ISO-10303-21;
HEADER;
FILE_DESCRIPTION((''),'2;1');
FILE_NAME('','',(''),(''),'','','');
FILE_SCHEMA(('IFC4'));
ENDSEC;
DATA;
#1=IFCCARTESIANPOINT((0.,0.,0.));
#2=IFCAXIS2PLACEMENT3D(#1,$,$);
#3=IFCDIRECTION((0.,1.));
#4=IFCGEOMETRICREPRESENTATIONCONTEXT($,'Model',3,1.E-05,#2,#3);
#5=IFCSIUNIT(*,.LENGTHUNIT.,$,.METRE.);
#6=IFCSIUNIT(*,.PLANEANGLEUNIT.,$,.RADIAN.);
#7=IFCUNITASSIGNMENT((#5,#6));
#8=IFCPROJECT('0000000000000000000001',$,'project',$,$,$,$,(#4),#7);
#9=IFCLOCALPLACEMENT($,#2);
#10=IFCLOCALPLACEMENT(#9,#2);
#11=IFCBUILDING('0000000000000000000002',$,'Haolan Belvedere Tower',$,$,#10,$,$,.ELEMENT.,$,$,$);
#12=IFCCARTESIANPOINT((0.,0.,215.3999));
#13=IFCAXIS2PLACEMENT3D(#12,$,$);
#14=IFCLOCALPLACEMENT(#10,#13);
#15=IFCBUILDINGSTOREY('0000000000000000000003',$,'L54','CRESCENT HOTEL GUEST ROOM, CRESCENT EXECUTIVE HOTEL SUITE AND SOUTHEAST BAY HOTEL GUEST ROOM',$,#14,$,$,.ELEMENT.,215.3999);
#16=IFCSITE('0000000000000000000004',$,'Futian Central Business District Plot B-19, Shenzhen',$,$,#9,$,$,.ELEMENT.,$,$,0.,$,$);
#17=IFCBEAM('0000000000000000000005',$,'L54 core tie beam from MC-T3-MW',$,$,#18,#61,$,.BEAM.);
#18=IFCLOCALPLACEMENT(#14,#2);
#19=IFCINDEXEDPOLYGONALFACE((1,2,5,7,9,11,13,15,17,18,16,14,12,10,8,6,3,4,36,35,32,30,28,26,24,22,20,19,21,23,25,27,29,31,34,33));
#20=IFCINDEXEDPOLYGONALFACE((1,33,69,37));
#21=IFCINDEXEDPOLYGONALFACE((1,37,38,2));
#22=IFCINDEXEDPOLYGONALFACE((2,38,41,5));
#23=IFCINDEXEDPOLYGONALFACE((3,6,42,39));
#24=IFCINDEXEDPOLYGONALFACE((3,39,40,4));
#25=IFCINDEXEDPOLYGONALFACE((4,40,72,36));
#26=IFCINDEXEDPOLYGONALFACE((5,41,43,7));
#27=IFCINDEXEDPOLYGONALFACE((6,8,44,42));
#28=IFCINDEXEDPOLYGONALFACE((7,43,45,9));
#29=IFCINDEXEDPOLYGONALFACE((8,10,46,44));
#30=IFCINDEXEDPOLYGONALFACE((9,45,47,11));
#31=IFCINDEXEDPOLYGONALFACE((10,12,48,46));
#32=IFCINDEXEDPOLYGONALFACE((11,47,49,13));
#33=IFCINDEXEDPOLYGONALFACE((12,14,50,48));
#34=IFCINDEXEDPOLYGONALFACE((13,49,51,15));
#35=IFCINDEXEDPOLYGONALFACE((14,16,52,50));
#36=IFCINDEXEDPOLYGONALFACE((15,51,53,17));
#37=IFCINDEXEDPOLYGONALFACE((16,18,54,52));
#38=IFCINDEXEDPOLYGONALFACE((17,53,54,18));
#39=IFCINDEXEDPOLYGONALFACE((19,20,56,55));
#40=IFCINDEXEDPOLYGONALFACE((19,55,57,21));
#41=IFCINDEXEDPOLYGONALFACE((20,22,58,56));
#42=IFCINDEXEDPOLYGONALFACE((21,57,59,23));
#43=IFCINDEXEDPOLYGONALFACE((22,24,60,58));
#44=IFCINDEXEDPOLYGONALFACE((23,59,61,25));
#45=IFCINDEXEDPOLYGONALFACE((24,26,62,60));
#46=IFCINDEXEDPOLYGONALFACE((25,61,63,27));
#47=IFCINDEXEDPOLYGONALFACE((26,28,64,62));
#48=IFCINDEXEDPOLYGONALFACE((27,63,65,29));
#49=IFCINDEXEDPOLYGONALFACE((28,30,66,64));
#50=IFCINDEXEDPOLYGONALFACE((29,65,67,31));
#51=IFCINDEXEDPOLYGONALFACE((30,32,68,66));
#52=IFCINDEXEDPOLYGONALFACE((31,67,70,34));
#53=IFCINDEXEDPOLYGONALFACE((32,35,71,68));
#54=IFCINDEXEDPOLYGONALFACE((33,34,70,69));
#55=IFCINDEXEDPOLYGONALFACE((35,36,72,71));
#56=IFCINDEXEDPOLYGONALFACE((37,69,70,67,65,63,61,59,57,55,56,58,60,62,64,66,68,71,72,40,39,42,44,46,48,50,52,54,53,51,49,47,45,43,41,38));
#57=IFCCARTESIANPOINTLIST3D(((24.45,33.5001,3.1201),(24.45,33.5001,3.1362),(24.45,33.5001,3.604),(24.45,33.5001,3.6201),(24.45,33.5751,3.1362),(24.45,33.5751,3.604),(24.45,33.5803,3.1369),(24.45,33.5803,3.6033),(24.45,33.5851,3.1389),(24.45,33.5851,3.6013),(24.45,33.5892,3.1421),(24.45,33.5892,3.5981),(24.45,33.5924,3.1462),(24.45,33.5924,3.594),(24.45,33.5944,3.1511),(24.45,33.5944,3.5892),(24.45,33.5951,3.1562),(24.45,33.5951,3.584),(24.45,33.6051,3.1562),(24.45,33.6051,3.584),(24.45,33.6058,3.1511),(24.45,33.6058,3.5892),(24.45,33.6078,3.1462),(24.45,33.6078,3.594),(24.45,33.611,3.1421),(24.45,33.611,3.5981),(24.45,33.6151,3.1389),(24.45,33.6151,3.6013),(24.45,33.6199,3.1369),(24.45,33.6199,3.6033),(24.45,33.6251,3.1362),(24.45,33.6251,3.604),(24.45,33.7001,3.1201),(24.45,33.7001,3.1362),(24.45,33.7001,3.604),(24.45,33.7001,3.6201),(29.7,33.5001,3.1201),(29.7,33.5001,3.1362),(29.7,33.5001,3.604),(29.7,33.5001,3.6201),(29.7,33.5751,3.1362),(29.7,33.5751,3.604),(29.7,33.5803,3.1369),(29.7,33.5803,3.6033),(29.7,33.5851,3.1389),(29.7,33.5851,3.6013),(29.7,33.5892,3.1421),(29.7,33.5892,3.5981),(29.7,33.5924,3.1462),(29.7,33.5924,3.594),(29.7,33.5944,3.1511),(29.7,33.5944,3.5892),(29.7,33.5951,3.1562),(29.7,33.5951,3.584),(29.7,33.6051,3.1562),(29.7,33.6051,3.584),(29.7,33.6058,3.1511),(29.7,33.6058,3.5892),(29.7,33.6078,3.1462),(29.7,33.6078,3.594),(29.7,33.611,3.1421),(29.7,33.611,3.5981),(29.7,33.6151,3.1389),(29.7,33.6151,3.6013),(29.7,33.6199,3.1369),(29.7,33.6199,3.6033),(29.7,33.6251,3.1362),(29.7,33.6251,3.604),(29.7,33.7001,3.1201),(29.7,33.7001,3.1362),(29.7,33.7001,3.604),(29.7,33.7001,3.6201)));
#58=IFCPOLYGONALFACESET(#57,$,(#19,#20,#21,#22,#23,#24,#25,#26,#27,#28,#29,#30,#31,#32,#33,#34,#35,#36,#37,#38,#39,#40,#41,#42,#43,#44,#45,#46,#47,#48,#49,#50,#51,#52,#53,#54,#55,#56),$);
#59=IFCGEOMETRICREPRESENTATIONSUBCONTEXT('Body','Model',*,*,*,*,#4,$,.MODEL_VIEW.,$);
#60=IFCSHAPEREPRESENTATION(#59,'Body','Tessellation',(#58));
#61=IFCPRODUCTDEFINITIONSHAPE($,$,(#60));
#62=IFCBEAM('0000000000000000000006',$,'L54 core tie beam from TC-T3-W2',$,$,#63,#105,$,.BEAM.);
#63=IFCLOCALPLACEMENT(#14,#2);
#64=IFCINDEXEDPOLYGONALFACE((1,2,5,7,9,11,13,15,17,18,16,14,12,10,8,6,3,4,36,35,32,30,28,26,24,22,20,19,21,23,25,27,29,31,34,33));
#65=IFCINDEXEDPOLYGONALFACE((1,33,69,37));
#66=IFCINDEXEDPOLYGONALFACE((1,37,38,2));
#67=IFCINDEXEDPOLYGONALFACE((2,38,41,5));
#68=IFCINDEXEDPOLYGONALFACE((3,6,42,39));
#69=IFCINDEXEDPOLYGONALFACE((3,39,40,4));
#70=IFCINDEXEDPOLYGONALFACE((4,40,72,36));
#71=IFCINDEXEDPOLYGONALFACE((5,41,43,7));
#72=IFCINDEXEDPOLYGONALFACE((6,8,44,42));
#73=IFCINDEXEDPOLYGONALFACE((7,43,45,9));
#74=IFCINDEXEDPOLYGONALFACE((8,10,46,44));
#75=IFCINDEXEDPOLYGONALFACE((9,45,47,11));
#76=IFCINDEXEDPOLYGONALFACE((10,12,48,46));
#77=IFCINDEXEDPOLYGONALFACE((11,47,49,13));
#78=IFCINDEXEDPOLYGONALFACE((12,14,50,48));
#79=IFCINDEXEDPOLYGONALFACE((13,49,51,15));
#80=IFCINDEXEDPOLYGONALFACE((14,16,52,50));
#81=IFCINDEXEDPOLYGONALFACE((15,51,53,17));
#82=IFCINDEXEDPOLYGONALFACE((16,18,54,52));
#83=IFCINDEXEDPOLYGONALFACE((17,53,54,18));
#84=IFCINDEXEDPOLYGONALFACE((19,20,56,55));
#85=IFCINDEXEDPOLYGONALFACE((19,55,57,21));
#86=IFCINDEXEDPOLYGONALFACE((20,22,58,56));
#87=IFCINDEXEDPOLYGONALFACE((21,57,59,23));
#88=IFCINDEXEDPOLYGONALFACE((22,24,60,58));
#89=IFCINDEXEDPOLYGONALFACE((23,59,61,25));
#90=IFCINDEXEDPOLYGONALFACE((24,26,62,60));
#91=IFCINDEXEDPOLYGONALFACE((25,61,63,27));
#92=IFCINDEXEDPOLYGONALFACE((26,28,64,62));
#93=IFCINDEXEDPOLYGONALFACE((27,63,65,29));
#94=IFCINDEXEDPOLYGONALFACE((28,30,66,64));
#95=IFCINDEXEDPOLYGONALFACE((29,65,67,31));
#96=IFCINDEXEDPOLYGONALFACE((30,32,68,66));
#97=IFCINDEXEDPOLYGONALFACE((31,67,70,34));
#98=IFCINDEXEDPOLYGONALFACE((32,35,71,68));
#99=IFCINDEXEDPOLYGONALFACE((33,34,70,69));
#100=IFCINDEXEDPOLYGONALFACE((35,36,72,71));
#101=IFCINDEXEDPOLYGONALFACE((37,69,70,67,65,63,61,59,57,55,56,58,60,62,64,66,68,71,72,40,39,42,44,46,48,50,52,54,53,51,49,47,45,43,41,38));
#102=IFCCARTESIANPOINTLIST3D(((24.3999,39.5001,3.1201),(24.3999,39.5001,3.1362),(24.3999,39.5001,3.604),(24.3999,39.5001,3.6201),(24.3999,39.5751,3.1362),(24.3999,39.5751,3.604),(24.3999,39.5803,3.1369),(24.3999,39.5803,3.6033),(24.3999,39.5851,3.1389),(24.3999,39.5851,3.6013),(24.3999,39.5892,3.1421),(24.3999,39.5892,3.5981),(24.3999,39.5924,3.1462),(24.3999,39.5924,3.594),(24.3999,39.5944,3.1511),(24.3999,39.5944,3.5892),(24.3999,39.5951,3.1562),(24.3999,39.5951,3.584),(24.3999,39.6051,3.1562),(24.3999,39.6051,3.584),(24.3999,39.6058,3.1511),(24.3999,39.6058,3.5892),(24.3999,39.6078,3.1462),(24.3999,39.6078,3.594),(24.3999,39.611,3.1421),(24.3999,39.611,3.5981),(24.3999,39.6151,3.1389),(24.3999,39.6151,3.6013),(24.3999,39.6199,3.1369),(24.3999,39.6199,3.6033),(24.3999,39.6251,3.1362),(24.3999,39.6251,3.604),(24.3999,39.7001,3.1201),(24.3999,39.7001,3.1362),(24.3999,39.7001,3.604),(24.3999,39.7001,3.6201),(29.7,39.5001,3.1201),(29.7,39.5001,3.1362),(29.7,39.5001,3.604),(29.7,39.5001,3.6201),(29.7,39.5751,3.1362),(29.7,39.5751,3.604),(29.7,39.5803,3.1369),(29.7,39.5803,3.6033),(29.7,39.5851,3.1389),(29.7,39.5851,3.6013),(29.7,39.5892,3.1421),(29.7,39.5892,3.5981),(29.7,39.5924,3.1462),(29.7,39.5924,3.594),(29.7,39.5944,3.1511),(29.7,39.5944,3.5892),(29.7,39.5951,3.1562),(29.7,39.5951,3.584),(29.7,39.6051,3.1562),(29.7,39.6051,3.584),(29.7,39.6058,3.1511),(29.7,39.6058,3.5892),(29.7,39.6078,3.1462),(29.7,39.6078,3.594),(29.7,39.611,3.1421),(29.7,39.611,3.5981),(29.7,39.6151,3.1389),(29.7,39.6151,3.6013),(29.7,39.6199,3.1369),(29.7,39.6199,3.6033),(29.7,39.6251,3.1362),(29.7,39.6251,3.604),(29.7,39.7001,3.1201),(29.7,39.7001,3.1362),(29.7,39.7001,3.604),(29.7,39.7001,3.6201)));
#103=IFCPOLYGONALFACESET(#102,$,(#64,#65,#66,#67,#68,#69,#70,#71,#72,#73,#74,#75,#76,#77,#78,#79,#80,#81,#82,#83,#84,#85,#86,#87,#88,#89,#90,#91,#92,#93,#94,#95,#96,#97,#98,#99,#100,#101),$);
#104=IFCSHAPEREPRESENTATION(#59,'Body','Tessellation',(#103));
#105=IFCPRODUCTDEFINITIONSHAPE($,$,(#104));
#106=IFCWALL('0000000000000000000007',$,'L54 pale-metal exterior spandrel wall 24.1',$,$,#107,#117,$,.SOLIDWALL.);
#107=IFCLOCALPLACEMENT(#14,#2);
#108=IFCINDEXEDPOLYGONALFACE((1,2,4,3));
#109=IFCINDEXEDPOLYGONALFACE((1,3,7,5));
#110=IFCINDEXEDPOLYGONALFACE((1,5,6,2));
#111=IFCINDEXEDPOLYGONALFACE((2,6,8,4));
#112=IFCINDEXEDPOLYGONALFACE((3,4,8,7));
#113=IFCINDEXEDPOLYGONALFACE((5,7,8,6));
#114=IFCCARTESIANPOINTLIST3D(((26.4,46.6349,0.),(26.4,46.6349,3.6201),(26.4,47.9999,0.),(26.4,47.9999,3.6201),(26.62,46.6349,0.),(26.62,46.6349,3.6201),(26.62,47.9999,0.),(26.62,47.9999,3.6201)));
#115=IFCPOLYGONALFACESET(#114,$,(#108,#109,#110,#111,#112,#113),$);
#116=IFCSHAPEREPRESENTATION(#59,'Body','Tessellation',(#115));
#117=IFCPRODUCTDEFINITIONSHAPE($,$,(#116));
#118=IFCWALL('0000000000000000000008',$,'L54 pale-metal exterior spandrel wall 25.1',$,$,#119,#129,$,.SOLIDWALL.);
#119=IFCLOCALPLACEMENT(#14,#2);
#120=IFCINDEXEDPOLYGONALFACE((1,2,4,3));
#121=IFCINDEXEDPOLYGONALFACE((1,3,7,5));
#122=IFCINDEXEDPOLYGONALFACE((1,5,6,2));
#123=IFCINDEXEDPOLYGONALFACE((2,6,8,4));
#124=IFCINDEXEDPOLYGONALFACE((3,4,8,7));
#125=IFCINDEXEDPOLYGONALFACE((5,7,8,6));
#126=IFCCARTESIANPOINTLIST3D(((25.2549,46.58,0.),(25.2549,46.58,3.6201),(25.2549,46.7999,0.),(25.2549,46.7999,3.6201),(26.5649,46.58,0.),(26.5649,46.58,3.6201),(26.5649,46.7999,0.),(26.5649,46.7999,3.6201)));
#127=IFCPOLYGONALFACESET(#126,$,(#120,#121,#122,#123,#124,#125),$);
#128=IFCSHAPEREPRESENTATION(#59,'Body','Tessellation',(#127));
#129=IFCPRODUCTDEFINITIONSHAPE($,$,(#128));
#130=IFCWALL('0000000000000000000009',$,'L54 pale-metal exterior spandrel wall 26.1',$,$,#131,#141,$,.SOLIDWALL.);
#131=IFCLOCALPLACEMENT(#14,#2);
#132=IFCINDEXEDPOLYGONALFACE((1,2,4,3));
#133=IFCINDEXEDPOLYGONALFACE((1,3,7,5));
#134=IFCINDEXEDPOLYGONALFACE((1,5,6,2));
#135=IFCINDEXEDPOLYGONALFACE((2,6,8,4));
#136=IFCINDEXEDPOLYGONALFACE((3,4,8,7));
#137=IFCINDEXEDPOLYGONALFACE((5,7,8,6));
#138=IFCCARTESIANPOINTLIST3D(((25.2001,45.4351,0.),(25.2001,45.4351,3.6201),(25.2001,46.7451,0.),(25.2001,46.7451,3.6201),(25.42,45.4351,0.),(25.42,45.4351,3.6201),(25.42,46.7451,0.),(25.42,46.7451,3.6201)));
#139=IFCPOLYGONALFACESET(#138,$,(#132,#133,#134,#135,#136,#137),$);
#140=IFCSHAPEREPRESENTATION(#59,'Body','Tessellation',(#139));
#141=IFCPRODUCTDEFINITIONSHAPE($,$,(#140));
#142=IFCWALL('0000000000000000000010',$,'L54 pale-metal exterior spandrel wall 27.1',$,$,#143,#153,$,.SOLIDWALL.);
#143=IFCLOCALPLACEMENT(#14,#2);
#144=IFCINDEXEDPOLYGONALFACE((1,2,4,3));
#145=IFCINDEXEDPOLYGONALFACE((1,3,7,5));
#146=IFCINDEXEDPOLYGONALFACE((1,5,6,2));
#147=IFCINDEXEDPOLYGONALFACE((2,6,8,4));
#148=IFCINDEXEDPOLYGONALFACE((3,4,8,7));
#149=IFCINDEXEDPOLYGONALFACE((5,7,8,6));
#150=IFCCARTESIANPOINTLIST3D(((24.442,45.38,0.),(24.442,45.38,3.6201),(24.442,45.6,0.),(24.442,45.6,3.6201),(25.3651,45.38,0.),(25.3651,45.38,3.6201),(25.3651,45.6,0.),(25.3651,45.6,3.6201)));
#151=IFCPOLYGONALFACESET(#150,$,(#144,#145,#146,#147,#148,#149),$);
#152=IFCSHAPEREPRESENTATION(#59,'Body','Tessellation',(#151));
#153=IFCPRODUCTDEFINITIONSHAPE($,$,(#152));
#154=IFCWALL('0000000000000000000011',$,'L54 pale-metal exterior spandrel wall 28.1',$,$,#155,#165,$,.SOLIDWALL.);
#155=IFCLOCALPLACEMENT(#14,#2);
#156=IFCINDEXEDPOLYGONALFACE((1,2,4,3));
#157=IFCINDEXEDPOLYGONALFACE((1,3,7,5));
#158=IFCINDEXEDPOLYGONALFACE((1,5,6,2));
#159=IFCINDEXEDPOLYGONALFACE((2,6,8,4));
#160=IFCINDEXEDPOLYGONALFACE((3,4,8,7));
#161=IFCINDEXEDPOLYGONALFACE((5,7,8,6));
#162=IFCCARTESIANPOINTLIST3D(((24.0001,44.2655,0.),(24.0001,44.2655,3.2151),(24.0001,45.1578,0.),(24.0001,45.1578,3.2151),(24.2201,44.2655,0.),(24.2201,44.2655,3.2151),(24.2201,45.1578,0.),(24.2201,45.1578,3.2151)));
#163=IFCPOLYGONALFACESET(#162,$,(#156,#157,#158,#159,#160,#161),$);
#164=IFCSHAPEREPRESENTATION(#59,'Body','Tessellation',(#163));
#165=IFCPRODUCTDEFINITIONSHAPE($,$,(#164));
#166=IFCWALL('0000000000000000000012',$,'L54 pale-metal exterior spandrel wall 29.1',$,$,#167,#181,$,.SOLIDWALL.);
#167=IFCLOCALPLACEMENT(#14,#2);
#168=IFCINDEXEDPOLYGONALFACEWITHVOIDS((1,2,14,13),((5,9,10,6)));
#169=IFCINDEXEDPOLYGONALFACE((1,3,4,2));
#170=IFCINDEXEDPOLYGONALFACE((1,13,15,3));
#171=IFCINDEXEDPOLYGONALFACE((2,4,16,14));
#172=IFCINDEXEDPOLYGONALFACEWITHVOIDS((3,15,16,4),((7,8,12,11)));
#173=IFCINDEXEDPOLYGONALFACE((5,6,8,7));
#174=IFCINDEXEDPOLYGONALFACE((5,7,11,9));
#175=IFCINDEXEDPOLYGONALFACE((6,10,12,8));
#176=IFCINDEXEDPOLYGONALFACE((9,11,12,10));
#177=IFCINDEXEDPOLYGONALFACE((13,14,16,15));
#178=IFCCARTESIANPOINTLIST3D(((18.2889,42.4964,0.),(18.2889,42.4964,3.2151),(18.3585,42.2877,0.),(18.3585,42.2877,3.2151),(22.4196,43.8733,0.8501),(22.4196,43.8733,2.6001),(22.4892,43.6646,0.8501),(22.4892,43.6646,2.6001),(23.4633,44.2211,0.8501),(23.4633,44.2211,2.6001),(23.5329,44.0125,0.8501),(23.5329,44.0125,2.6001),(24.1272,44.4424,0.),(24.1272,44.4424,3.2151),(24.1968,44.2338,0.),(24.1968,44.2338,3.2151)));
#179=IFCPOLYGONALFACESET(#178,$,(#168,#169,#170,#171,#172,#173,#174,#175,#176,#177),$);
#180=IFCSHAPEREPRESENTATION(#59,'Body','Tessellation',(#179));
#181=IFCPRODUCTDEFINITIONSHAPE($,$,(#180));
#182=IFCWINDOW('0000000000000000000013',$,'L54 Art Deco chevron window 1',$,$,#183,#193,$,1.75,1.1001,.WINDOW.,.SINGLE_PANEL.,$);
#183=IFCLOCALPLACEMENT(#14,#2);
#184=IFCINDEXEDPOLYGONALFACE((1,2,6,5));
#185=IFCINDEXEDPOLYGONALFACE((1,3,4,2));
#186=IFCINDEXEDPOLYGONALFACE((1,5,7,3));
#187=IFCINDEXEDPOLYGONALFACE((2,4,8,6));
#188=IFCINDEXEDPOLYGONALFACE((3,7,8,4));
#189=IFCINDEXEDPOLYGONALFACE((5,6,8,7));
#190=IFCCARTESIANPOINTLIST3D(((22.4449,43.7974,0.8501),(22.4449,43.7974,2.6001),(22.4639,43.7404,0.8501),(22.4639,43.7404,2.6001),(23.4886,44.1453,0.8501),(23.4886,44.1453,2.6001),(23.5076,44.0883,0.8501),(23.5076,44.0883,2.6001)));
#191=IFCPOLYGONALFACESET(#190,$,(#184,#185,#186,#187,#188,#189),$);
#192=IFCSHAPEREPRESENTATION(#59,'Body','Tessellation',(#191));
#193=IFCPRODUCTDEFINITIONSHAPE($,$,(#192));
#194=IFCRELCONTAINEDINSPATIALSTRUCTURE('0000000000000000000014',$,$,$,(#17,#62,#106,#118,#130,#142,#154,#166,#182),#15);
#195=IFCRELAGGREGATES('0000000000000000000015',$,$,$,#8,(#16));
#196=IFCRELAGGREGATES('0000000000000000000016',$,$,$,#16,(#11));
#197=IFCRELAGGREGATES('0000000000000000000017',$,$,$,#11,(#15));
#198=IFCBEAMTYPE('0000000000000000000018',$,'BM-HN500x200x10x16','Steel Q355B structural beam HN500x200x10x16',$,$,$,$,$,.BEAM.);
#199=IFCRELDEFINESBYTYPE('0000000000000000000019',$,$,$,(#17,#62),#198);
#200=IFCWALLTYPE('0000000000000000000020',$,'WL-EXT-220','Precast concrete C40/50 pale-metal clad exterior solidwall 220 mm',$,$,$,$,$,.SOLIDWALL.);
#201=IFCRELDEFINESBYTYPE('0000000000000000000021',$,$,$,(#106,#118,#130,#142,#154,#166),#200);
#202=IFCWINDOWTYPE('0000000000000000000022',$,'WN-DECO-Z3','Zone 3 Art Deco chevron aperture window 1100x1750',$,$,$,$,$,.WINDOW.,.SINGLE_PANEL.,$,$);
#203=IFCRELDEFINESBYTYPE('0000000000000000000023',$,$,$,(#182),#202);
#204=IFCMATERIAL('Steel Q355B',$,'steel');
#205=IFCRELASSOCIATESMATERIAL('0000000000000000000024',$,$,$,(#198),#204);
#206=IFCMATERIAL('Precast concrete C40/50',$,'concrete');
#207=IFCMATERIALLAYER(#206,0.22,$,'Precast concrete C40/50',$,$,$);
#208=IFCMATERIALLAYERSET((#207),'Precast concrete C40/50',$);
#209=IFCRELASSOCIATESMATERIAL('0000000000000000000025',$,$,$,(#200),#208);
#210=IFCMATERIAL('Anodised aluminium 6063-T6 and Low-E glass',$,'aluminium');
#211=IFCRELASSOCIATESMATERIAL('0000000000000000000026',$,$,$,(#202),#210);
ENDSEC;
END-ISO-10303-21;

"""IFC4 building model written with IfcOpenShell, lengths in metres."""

from ifc_helpers import new_model, si_unit, direction, frame, frame_2d, origin, origin_2d, place, context, subcontext, project, spatial, rectangle, i_section, extrude, material, layer, layer_set, material_profile, profile_set, type_object, element, fill, save


model = new_model("IFC4")

# Units and contexts
model_context = context("Model", 3, precision=1e-05, world=origin(), true_north=direction((0.0, 1.0)))
body_context = subcontext(model_context, "Body", "Model", "MODEL_VIEW")
ifc_project = project(units=[si_unit("LENGTHUNIT", "METRE"), si_unit("PLANEANGLEUNIT", "RADIAN")], contexts=[model_context])

# Site, building, storey
site_placement = place(None, origin())
site = spatial("IfcSite", under=ifc_project, at=site_placement, Name="Futian Central Business District Plot B-19, Shenzhen", CompositionType="ELEMENT", RefElevation=0.0)
building_placement = place(site_placement, origin())
building = spatial("IfcBuilding", under=site, at=building_placement, Name="Haolan Belvedere Tower", CompositionType="ELEMENT")
storey_placement = place(building_placement, frame((0.0, 0.0, 215.3999)))
storey = spatial("IfcBuildingStorey", under=building, at=storey_placement, Name="L54", Description="CRESCENT HOTEL GUEST ROOM, CRESCENT EXECUTIVE HOTEL SUITE AND SOUTHEAST BAY HOTEL GUEST ROOM", CompositionType="ELEMENT", Elevation=215.3999)

# Beams
ifc_material_1 = material(Name="Steel Q355B", Category="steel")
ifc_material_profile_1 = material_profile(ifc_material_1, i_section(OverallWidth=0.2, OverallDepth=0.5, WebThickness=0.01, FlangeThickness=0.0161, FilletRadius=0.02, at=origin_2d()), Name="Steel Q355B")
ifc_profile_set_1 = profile_set([ifc_material_profile_1], Name="Steel Q355B")
beam_type_1 = type_object("IfcBeamType", Name="BM-HN500x200x10x16", Description="Steel Q355B structural beam HN500x200x10x16", PredefinedType="BEAM", material=ifc_profile_set_1)
beam_1_placement = place(storey_placement, frame((24.45, 33.6001, 3.3701), z_axis=(1.0, 0.0, 0.0), x_axis=(0.0, 1.0, 0.0)))
element("IfcBeam", 1, at=beam_1_placement, inside=storey, type_object=beam_type_1, Name="L54 core tie beam from MC-T3-MW", PredefinedType="BEAM", context=body_context, shape_type="SweptSolid", body=[
    extrude(i_section(OverallWidth=0.2, OverallDepth=0.5, WebThickness=0.01, FlangeThickness=0.0161, FilletRadius=0.02, at=origin_2d()), origin(), (0.0, 0.0, 1.0), 5.25),
])
beam_2_placement = place(storey_placement, frame((24.3999, 39.6001, 3.3701), z_axis=(1.0, 0.0, 0.0), x_axis=(0.0, 1.0, 0.0)))
element("IfcBeam", 2, at=beam_2_placement, inside=storey, type_object=beam_type_1, Name="L54 core tie beam from TC-T3-W2", PredefinedType="BEAM", context=body_context, shape_type="SweptSolid", body=[
    extrude(i_section(OverallWidth=0.2, OverallDepth=0.5, WebThickness=0.01, FlangeThickness=0.0161, FilletRadius=0.02, at=origin_2d()), origin(), (0.0, 0.0, 1.0), 5.3),
])

# Walls
ifc_material_2 = material(Name="Precast concrete C40/50", Category="concrete")
ifc_layer_1 = layer(ifc_material_2, 0.22, Name="Precast concrete C40/50")
ifc_layer_set_1 = layer_set([ifc_layer_1], Name="Precast concrete C40/50")
wall_type_1 = type_object("IfcWallType", Name="WL-EXT-220", Description="Precast concrete C40/50 pale-metal clad exterior solidwall 220 mm", PredefinedType="SOLIDWALL", material=ifc_layer_set_1)
wall_1_placement = place(storey_placement, frame((26.51, 48.0, 0.0), z_axis=(0.0, 0.0, 1.0), x_axis=(0.0, -1.0, 0.0)))
element("IfcWall", 3, at=wall_1_placement, inside=storey, type_object=wall_type_1, Name="L54 pale-metal exterior spandrel wall 24.1", PredefinedType="SOLIDWALL", context=body_context, shape_type="SweptSolid", body=[
    extrude(rectangle(XDim=1.365, YDim=0.22, at=frame_2d((0.6826, 0.0))), origin(), (0.0, 0.0, 1.0), 3.6201),
])
for number, where, z_axis, x_axis, name in (
    (4, (26.5649, 46.6899, 0.0), (0.0, 0.0, 1.0), (-1.0, 0.0, 0.0), "L54 pale-metal exterior spandrel wall 25.1"),
    (5, (25.3101, 46.7451, 0.0), (0.0, 0.0, 1.0), (0.0, -1.0, 0.0), "L54 pale-metal exterior spandrel wall 26.1"),
):
    element("IfcWall", number, at=place(storey_placement, frame(where, z_axis=z_axis, x_axis=x_axis)), inside=storey, type_object=wall_type_1, Name=name, PredefinedType="SOLIDWALL", context=body_context, shape_type="SweptSolid", body=[
        extrude(rectangle(XDim=1.3101, YDim=0.22, at=frame_2d((0.655, 0.0))), origin(), (0.0, 0.0, 1.0), 3.6201),
    ])
wall_2_placement = place(storey_placement, frame((25.365, 45.49, 0.0), z_axis=(0.0, 0.0, 1.0), x_axis=(-1.0, 0.0, 0.0)))
element("IfcWall", 6, at=wall_2_placement, inside=storey, type_object=wall_type_1, Name="L54 pale-metal exterior spandrel wall 27.1", PredefinedType="SOLIDWALL", context=body_context, shape_type="SweptSolid", body=[
    extrude(rectangle(XDim=0.9231, YDim=0.22, at=frame_2d((0.4614, 0.0))), origin(), (0.0, 0.0, 1.0), 3.6201),
])
wall_3_placement = place(storey_placement, frame((24.1101, 45.158, 0.0), z_axis=(0.0, 0.0, 1.0), x_axis=(0.0, -1.0, 0.0)))
element("IfcWall", 7, at=wall_3_placement, inside=storey, type_object=wall_type_1, Name="L54 pale-metal exterior spandrel wall 28.1", PredefinedType="SOLIDWALL", context=body_context, shape_type="SweptSolid", body=[
    extrude(rectangle(XDim=0.8923, YDim=0.22, at=frame_2d((0.4463, 0.0))), origin(), (0.0, 0.0, 1.0), 3.2151),
])

# Wall, opening, window
wall_4_placement = place(storey_placement, frame((24.1621, 44.3381, 0.0), z_axis=(0.0, 0.0, 1.0), x_axis=(-0.948687, -0.316216, 0.0)))
wall_4 = element("IfcWall", 8, at=wall_4_placement, inside=storey, type_object=wall_type_1, Name="L54 pale-metal exterior spandrel wall 29.1", PredefinedType="SOLIDWALL", context=body_context, shape_type="SweptSolid", body=[
    extrude(rectangle(XDim=6.1541, YDim=0.22, at=frame_2d((3.0771, 0.0))), origin(), (0.0, 0.0, 1.0), 3.2151),
])
opening_1_placement = place(wall_4_placement, frame((0.7, 0.0, 0.8501)))
opening_1 = element("IfcOpeningElement", 9, at=opening_1_placement, cuts=wall_4, PredefinedType="OPENING", context=body_context, shape_type="SweptSolid", body=[
    extrude(rectangle(XDim=1.1001, YDim=1.75, at=frame_2d((0.55, 0.875))), frame((0.0, 0.1199, 0.0), z_axis=(0.0, -1.0, 0.0), x_axis=(1.0, 0.0, 0.0)), (0.0, 0.0, 1.0), 0.24),
])
ifc_material_3 = material(Name="Anodised aluminium 6063-T6 and Low-E glass", Category="aluminium")
window_type = type_object("IfcWindowType", Name="WN-DECO-Z3", Description="Zone 3 Art Deco chevron aperture window 1100x1750", PartitioningType="SINGLE_PANEL", PredefinedType="WINDOW", material=ifc_material_3)
window_placement = place(opening_1_placement, origin())
window = element("IfcWindow", 10, at=window_placement, inside=storey, type_object=window_type, Name="L54 Art Deco chevron window 1", OverallHeight=1.75, OverallWidth=1.1001, PartitioningType="SINGLE_PANEL", PredefinedType="WINDOW", context=body_context, shape_type="SweptSolid", body=[
    extrude(rectangle(XDim=1.1001, YDim=1.75, at=frame_2d((0.55, 0.875))), frame((0.0, 0.03, 0.0), z_axis=(0.0, -1.0, 0.0), x_axis=(1.0, 0.0, 0.0)), (0.0, 0.0, 1.0), 0.0601),
])
fill(opening_1, window)

save(model, "model.ifc")
